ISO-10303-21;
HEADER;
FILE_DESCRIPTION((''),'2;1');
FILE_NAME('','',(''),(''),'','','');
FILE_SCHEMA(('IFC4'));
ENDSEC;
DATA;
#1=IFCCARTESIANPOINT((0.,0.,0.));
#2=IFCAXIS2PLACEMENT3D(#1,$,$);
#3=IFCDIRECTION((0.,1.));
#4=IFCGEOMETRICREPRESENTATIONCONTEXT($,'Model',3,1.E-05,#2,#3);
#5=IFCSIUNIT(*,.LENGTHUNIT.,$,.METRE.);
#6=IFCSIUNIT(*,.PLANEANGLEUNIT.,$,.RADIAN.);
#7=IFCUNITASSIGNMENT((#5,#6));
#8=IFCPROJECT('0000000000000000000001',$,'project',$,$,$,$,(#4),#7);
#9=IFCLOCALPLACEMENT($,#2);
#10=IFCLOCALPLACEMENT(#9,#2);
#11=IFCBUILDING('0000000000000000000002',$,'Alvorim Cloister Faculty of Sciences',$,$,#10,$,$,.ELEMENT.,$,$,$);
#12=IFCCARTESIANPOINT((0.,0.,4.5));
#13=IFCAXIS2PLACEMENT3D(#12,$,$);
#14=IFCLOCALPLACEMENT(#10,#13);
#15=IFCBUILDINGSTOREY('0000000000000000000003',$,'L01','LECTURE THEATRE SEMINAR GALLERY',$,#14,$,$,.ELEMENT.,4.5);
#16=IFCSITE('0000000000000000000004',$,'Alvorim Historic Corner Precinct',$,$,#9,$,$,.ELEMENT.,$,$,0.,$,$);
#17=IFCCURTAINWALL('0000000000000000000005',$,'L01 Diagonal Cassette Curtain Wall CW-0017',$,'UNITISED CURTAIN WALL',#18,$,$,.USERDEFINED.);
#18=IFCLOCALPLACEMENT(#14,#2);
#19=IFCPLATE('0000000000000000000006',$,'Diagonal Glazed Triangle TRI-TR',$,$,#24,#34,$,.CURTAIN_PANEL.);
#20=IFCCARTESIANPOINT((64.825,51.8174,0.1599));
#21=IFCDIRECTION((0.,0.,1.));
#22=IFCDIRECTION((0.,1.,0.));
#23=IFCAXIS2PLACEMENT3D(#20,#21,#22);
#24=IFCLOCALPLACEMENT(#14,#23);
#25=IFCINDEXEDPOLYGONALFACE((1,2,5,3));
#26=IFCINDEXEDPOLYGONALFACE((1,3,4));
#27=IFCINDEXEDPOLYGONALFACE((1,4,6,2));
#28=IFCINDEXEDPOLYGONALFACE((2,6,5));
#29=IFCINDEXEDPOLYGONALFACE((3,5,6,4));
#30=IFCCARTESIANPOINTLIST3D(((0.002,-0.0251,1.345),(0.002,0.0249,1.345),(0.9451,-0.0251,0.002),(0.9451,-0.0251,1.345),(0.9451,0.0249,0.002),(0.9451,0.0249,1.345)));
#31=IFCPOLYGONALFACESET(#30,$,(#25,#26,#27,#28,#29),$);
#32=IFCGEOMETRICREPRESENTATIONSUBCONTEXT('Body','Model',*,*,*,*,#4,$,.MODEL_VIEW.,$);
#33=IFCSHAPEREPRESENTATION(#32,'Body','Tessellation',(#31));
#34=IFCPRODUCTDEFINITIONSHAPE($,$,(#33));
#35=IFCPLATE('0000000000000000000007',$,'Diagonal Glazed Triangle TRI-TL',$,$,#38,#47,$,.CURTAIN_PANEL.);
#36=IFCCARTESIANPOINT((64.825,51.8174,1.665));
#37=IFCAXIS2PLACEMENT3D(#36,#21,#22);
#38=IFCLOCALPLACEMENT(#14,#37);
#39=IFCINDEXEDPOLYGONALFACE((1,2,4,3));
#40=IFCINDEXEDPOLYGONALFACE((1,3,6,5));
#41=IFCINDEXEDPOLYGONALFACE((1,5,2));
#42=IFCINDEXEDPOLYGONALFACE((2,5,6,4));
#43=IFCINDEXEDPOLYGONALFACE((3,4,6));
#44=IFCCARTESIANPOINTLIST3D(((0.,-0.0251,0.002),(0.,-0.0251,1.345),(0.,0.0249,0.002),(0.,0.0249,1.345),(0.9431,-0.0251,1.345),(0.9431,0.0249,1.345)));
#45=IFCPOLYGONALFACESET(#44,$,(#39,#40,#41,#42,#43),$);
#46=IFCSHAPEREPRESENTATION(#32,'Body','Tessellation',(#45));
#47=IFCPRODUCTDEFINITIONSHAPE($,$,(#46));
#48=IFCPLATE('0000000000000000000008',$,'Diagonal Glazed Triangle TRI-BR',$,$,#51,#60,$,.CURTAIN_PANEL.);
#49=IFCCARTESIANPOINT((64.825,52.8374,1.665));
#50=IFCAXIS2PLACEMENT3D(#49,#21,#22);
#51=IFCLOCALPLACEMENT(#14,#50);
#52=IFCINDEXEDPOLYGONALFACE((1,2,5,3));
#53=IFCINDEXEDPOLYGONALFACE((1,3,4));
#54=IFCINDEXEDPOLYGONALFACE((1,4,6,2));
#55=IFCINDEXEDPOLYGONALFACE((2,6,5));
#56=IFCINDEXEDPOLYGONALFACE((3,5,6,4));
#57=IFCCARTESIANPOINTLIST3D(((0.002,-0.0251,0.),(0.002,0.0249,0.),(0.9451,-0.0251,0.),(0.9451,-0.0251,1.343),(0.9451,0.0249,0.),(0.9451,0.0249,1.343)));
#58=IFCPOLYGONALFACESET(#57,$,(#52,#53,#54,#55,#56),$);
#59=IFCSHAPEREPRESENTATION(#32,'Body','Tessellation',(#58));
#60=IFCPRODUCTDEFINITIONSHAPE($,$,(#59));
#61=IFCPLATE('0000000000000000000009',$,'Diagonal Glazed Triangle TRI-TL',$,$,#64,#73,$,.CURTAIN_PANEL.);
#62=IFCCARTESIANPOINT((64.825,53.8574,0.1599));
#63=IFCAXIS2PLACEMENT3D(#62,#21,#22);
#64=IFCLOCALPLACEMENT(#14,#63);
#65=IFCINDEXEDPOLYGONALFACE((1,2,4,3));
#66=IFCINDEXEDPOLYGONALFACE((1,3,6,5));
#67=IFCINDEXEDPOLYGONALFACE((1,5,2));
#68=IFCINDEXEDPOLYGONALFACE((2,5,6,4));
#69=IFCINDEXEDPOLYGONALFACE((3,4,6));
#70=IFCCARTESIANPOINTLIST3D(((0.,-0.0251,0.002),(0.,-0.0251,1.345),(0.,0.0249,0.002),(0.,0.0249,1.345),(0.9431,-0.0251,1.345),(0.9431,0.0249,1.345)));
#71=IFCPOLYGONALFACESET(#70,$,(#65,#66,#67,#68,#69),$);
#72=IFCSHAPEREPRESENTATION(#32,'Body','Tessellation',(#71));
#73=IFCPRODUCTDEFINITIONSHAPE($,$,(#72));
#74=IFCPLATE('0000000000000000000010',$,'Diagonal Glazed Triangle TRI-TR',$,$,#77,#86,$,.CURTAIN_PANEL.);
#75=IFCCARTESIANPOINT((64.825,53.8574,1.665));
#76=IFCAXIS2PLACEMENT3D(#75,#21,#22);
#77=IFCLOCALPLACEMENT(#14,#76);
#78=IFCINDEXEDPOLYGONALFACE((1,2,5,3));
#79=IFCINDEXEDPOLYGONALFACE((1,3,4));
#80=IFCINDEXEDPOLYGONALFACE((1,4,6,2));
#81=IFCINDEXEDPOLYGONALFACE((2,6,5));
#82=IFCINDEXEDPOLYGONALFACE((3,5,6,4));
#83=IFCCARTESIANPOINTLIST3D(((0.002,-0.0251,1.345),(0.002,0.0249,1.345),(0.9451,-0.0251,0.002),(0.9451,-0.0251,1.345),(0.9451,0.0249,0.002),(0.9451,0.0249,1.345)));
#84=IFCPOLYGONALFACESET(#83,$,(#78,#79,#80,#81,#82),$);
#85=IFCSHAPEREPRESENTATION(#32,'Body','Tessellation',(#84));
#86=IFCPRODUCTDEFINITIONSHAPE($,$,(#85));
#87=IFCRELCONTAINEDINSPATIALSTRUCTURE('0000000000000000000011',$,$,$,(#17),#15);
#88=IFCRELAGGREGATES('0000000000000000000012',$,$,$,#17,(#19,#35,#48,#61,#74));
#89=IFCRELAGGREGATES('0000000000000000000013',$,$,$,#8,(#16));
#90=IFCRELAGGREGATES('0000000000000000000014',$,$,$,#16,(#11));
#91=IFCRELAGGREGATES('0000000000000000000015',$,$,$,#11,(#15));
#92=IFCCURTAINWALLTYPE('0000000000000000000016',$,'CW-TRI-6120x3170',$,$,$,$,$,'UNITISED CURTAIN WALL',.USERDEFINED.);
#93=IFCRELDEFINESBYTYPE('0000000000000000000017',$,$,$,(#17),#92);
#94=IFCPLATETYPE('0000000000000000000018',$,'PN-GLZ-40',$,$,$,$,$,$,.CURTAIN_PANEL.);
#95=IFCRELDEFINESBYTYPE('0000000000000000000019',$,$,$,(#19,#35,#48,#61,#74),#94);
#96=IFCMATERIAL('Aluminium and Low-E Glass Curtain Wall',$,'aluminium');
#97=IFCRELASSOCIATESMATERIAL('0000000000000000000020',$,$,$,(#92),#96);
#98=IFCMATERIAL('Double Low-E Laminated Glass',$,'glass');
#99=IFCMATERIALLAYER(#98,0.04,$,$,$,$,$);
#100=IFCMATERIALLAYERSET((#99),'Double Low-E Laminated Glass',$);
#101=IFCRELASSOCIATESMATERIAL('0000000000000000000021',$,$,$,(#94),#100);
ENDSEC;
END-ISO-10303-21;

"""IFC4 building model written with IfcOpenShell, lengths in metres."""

from ifc_helpers import new_model, si_unit, direction, frame, origin, place, context, subcontext, project, spatial, polyline, outline, extrude, material, layer, layer_set, type_object, element, aggregate, save


model = new_model("IFC4")

# Units and contexts
model_context = context("Model", 3, precision=1e-05, world=origin(), true_north=direction((0.0, 1.0)))
body_context = subcontext(model_context, "Body", "Model", "MODEL_VIEW")
ifc_project = project(units=[si_unit("LENGTHUNIT", "METRE"), si_unit("PLANEANGLEUNIT", "RADIAN")], contexts=[model_context])

# Site, building, storey
site_placement = place(None, origin())
site = spatial("IfcSite", under=ifc_project, at=site_placement, Name="Alvorim Historic Corner Precinct", CompositionType="ELEMENT", RefElevation=0.0)
building_placement = place(site_placement, origin())
building = spatial("IfcBuilding", under=site, at=building_placement, Name="Alvorim Cloister Faculty of Sciences", CompositionType="ELEMENT")
storey_placement = place(building_placement, frame((0.0, 0.0, 4.5)))
storey = spatial("IfcBuildingStorey", under=building, at=storey_placement, Name="L01", Description="LECTURE THEATRE SEMINAR GALLERY", CompositionType="ELEMENT", Elevation=4.5)

# Curtain wall, plates
ifc_material_1 = material(Name="Aluminium and Low-E Glass Curtain Wall", Category="aluminium")
curtain_wall_type = type_object("IfcCurtainWallType", Name="CW-TRI-6120x3170", ElementType="UNITISED CURTAIN WALL", PredefinedType="USERDEFINED", material=ifc_material_1)
curtain_wall_placement = place(storey_placement, origin())
curtain_wall = element("IfcCurtainWall", 1, at=curtain_wall_placement, inside=storey, type_object=curtain_wall_type, Name="L01 Diagonal Cassette Curtain Wall CW-0017", ObjectType="UNITISED CURTAIN WALL", PredefinedType="USERDEFINED")
ifc_material_2 = material(Name="Double Low-E Laminated Glass", Category="glass")
ifc_layer = layer(ifc_material_2, 0.04)
ifc_layer_set = layer_set([ifc_layer], Name="Double Low-E Laminated Glass")
plate_type = type_object("IfcPlateType", Name="PN-GLZ-40", PredefinedType="CURTAIN_PANEL", material=ifc_layer_set)
plate_1_placement = place(storey_placement, frame((64.825, 51.8174, 0.1599), z_axis=(0.0, 0.0, 1.0), x_axis=(0.0, 1.0, 0.0)))
plate_1 = element("IfcPlate", 2, at=plate_1_placement, type_object=plate_type, Name="Diagonal Glazed Triangle TRI-TR", PredefinedType="CURTAIN_PANEL", context=body_context, shape_type="SweptSolid", body=[
    extrude(outline(polyline([(0.9451, 0.002), (0.9451, 1.345), (0.002, 1.345), (0.9451, 0.002)])), frame((0.0, 0.0249, 0.0), z_axis=(0.0, -1.0, 0.0), x_axis=(1.0, 0.0, 0.0)), (0.0, 0.0, 1.0), 0.05),
])
plate_2_placement = place(storey_placement, frame((64.825, 51.8174, 1.665), z_axis=(0.0, 0.0, 1.0), x_axis=(0.0, 1.0, 0.0)))
plate_2 = element("IfcPlate", 3, at=plate_2_placement, type_object=plate_type, Name="Diagonal Glazed Triangle TRI-TL", PredefinedType="CURTAIN_PANEL", context=body_context, shape_type="SweptSolid", body=[
    extrude(outline(polyline([(0.9431, 1.345), (0.0, 1.345), (0.0, 0.002), (0.9431, 1.345)])), frame((0.0, 0.0249, 0.0), z_axis=(0.0, -1.0, 0.0), x_axis=(1.0, 0.0, 0.0)), (0.0, 0.0, 1.0), 0.05),
])
plate_3_placement = place(storey_placement, frame((64.825, 52.8374, 1.665), z_axis=(0.0, 0.0, 1.0), x_axis=(0.0, 1.0, 0.0)))
plate_3 = element("IfcPlate", 4, at=plate_3_placement, type_object=plate_type, Name="Diagonal Glazed Triangle TRI-BR", PredefinedType="CURTAIN_PANEL", context=body_context, shape_type="SweptSolid", body=[
    extrude(outline(polyline([(0.002, 0.0), (0.9451, 0.0), (0.9451, 1.343), (0.002, 0.0)])), frame((0.0, 0.0249, 0.0), z_axis=(0.0, -1.0, 0.0), x_axis=(1.0, 0.0, 0.0)), (0.0, 0.0, 1.0), 0.05),
])
plate_4_placement = place(storey_placement, frame((64.825, 53.8574, 0.1599), z_axis=(0.0, 0.0, 1.0), x_axis=(0.0, 1.0, 0.0)))
plate_4 = element("IfcPlate", 5, at=plate_4_placement, type_object=plate_type, Name="Diagonal Glazed Triangle TRI-TL", PredefinedType="CURTAIN_PANEL", context=body_context, shape_type="SweptSolid", body=[
    extrude(outline(polyline([(0.9431, 1.345), (0.0, 1.345), (0.0, 0.002), (0.9431, 1.345)])), frame((0.0, 0.0249, 0.0), z_axis=(0.0, -1.0, 0.0), x_axis=(1.0, 0.0, 0.0)), (0.0, 0.0, 1.0), 0.05),
])
plate_5_placement = place(storey_placement, frame((64.825, 53.8574, 1.665), z_axis=(0.0, 0.0, 1.0), x_axis=(0.0, 1.0, 0.0)))
plate_5 = element("IfcPlate", 6, at=plate_5_placement, type_object=plate_type, Name="Diagonal Glazed Triangle TRI-TR", PredefinedType="CURTAIN_PANEL", context=body_context, shape_type="SweptSolid", body=[
    extrude(outline(polyline([(0.9451, 0.002), (0.9451, 1.345), (0.002, 1.345), (0.9451, 0.002)])), frame((0.0, 0.0249, 0.0), z_axis=(0.0, -1.0, 0.0), x_axis=(1.0, 0.0, 0.0)), (0.0, 0.0, 1.0), 0.05),
])
aggregate(curtain_wall, [plate_1, plate_2, plate_3, plate_4, plate_5])

save(model, "model.ifc")
